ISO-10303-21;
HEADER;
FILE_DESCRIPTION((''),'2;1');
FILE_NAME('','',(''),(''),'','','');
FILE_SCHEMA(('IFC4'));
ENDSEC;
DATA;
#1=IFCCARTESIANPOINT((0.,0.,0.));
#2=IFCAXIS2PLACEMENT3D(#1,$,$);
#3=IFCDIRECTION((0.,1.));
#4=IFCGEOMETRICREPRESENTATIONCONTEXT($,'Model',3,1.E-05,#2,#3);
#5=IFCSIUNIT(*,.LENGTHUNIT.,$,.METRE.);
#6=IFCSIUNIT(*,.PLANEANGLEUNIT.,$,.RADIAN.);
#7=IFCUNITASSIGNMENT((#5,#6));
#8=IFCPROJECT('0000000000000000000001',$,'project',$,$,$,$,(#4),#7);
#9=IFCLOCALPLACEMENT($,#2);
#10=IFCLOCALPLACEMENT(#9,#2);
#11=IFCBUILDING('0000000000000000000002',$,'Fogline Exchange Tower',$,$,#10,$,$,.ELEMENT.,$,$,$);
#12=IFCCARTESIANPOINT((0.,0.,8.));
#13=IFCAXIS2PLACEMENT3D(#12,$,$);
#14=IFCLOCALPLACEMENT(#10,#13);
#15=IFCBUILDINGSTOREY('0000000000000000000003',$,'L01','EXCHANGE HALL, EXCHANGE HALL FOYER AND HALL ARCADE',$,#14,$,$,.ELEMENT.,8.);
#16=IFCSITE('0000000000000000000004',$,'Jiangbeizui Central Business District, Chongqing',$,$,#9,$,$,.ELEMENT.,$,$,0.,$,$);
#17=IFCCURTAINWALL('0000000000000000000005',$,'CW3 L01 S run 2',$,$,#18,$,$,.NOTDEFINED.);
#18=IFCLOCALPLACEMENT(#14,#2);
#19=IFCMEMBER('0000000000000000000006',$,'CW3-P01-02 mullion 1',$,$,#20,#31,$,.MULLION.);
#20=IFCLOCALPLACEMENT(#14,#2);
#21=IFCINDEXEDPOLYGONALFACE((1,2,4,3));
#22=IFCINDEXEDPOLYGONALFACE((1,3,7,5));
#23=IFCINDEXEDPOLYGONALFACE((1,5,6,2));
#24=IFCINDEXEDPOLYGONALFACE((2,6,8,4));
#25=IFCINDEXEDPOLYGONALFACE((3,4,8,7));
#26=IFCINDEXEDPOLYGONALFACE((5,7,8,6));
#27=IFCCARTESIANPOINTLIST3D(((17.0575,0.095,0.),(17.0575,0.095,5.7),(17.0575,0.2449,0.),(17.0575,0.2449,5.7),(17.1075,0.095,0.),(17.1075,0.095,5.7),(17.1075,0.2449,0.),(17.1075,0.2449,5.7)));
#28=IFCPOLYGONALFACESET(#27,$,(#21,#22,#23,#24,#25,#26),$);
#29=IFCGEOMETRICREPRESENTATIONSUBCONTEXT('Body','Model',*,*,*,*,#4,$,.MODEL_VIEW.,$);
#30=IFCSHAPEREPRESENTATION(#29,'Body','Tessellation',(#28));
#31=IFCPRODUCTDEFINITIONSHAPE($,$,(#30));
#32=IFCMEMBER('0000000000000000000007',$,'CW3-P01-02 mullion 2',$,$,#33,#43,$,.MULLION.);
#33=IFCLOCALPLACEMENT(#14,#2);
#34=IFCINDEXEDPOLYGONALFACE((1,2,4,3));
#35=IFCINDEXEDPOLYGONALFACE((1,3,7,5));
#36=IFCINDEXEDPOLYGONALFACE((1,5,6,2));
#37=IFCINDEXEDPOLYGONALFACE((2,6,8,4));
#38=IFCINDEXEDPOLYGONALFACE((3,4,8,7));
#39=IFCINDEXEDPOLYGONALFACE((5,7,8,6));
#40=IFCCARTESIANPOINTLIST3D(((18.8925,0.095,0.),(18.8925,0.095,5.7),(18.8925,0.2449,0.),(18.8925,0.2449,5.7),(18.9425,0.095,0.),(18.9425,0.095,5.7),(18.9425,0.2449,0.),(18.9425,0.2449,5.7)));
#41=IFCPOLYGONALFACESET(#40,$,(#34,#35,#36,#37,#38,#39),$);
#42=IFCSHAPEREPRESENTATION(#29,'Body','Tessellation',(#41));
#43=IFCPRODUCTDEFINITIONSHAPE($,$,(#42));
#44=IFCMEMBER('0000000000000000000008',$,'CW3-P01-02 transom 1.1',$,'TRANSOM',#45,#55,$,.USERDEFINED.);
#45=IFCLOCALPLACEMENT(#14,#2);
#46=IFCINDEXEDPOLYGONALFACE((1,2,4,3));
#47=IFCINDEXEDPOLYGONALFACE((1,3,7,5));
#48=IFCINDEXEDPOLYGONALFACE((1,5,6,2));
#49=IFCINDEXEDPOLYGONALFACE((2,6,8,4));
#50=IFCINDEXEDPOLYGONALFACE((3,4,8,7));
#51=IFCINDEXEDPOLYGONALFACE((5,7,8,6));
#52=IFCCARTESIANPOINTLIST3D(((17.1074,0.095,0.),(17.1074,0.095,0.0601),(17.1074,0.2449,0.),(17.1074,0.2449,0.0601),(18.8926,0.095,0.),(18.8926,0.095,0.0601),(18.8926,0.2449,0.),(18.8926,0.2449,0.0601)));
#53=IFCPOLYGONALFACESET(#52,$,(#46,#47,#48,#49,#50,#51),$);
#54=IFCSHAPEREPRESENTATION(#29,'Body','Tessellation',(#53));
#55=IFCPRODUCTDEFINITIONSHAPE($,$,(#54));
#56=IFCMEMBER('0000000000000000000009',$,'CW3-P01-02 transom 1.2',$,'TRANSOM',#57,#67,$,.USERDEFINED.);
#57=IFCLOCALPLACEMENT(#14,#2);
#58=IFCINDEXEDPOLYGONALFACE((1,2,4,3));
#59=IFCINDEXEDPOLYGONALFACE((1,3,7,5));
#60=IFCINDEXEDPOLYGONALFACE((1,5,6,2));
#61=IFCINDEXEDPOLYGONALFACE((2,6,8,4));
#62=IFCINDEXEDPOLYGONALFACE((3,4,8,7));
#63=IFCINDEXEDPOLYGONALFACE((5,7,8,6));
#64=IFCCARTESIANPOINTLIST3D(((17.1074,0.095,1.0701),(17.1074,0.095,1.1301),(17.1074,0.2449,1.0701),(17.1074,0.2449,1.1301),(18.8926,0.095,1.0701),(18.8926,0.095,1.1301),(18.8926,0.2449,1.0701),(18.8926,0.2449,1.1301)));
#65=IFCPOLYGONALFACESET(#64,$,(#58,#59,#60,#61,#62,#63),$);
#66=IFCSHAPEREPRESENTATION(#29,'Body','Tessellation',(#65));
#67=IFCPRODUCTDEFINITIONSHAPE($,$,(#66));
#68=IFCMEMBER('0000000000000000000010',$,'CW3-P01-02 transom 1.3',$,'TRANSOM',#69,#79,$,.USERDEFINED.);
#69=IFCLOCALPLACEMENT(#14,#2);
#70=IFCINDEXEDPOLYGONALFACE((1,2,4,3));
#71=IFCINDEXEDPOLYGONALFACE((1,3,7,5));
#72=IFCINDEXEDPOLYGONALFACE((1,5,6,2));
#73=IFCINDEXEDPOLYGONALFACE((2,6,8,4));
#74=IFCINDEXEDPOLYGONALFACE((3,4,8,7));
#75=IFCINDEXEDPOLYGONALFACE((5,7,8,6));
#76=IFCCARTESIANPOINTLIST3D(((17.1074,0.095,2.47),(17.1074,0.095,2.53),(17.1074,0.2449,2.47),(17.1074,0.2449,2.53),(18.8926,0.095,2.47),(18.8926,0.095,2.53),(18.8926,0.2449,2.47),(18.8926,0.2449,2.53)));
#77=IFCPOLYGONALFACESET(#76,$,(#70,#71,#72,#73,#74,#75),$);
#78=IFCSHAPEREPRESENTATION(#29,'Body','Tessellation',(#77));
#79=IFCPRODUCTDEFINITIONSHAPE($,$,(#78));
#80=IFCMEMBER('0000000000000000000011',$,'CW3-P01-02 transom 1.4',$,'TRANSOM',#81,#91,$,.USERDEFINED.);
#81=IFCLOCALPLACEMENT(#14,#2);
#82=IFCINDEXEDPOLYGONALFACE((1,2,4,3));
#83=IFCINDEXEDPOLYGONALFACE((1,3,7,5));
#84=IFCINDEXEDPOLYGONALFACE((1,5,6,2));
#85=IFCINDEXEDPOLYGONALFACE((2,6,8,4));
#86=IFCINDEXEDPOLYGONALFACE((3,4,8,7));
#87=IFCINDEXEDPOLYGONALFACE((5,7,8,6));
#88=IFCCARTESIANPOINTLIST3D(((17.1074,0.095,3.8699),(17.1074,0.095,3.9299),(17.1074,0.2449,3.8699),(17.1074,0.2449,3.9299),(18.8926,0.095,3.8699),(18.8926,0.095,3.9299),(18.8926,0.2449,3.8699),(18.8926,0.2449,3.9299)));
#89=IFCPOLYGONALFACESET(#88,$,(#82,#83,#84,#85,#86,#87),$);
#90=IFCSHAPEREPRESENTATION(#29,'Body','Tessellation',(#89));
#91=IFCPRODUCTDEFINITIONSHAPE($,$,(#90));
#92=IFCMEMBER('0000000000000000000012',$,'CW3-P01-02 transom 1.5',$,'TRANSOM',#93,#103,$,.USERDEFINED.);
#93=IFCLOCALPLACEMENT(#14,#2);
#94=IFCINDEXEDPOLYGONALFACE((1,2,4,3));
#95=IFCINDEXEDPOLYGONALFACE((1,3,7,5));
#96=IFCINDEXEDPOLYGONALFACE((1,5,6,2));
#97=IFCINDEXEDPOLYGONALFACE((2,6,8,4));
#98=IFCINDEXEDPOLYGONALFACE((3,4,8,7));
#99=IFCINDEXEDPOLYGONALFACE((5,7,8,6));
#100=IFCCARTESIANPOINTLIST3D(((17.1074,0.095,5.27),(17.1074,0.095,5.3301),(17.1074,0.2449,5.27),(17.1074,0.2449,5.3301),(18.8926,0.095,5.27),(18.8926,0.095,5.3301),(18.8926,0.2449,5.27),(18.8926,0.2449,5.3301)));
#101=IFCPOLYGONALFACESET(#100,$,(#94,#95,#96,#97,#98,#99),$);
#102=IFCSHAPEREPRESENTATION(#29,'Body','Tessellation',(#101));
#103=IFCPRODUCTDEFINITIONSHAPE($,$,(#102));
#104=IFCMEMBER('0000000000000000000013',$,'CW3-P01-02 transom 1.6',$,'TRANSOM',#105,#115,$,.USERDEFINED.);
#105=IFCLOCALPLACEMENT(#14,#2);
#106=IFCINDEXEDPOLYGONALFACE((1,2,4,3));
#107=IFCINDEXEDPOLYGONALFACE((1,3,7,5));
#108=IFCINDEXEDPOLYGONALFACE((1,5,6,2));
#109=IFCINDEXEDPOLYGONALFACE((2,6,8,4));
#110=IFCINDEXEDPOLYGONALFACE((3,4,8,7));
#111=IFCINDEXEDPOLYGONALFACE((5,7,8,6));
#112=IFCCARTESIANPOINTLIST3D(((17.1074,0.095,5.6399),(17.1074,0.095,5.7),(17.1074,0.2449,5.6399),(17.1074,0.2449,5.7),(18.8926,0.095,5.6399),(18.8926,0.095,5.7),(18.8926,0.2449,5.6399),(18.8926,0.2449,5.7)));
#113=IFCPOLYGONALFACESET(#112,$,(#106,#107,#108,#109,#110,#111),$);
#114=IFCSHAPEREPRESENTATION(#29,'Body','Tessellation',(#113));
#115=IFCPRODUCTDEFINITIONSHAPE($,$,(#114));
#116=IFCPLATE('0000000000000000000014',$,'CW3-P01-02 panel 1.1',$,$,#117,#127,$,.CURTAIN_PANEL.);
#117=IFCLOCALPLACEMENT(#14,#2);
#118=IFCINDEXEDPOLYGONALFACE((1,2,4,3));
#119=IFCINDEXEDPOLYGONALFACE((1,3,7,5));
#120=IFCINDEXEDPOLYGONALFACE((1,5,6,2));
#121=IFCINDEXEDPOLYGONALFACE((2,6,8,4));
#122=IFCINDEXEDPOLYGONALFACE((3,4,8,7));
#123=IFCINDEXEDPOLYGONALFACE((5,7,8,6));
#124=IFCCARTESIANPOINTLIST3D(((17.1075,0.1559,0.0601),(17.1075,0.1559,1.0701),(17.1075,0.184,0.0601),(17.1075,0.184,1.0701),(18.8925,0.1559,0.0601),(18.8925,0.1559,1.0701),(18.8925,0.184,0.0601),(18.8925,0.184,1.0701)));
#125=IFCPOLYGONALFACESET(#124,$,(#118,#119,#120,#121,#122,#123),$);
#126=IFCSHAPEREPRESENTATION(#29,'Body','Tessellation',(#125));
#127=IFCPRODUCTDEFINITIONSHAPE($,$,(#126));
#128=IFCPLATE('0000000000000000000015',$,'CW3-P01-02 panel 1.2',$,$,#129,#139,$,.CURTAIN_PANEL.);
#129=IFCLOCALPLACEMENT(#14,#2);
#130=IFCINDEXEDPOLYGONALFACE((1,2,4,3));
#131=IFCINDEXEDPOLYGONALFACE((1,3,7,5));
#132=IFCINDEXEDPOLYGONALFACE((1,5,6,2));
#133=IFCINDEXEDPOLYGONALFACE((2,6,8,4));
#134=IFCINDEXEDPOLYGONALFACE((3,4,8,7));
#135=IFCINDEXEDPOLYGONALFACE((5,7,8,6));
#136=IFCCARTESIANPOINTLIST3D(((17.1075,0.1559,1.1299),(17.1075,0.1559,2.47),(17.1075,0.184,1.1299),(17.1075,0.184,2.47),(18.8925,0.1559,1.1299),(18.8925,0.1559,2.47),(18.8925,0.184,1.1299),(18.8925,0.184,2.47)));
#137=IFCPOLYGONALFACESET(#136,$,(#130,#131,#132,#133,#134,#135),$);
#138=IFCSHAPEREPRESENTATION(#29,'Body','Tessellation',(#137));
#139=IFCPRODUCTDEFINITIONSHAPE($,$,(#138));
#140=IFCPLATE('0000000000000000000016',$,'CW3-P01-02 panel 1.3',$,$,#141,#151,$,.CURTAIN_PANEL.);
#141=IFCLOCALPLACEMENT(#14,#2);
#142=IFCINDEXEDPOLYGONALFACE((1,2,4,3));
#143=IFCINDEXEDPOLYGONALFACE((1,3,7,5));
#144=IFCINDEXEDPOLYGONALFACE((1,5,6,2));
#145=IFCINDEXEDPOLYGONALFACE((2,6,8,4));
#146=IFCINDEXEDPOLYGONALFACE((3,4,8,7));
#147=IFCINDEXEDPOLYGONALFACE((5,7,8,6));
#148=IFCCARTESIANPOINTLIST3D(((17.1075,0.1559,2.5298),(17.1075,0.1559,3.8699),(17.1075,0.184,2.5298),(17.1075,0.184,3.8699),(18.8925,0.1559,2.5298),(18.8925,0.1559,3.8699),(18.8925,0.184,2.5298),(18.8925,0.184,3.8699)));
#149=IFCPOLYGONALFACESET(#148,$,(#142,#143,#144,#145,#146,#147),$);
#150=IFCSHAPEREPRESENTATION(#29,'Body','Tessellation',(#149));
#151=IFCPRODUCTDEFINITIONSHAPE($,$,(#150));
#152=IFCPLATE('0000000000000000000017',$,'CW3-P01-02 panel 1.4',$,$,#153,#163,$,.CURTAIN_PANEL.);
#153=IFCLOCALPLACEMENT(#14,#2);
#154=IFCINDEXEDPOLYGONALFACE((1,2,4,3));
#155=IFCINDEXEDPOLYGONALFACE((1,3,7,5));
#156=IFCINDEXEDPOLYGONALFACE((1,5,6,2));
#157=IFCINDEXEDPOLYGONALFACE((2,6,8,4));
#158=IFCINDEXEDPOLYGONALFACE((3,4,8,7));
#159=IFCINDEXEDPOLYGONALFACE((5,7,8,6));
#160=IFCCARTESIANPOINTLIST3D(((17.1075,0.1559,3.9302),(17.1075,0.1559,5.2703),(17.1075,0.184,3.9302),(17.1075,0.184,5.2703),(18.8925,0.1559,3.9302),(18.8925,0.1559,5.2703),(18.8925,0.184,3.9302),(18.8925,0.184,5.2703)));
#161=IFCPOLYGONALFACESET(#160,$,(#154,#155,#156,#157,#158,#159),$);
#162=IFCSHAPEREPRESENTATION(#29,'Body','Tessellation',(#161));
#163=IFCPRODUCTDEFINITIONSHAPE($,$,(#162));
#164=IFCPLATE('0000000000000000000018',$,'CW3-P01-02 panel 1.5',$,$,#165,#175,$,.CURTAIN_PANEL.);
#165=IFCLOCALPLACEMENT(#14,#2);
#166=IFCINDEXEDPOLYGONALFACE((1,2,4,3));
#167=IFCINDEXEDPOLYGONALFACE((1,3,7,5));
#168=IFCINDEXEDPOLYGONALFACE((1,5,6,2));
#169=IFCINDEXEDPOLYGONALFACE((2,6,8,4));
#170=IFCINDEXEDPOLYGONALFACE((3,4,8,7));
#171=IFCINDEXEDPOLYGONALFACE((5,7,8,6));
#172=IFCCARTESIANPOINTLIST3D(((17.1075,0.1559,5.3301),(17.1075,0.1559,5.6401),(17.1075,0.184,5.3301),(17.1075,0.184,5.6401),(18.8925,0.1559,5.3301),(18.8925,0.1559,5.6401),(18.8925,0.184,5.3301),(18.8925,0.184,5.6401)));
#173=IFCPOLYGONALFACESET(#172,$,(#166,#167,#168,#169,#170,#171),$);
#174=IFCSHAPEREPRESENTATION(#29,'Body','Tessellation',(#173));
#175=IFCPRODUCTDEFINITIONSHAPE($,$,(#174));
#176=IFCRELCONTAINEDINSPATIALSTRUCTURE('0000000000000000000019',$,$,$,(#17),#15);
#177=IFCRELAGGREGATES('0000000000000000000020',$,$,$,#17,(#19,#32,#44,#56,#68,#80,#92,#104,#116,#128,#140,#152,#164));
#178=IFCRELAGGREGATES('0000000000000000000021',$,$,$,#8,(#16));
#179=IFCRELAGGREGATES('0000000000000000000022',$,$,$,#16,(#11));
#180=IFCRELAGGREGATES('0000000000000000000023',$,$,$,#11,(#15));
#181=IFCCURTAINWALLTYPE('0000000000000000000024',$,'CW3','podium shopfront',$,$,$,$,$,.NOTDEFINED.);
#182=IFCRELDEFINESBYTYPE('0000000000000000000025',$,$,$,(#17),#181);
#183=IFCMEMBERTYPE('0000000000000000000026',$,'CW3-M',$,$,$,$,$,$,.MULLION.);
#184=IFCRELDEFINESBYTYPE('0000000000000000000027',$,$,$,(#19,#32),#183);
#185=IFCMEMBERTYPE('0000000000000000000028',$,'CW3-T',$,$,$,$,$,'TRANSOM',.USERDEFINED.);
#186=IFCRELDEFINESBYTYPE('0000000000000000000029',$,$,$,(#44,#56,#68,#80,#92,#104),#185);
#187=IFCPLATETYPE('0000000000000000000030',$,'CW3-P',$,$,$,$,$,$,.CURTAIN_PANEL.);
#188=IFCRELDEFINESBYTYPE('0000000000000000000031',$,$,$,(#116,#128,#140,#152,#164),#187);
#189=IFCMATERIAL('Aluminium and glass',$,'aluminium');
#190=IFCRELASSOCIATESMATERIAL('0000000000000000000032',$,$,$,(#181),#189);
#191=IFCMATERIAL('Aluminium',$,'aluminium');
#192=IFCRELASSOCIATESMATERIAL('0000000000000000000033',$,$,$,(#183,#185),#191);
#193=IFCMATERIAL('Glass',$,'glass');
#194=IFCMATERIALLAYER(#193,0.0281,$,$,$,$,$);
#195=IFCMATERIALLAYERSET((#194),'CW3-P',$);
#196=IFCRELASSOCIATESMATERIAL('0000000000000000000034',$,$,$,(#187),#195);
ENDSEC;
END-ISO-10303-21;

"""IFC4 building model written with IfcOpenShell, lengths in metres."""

from ifc_helpers import new_model, si_unit, direction, frame, origin, origin_2d, place, context, subcontext, project, spatial, rectangle, extrude, material, layer, layer_set, material_profile, profile_set, type_object, element, aggregate, save


model = new_model("IFC4")

# Units and contexts
model_context = context("Model", 3, precision=1e-05, world=origin(), true_north=direction((0.0, 1.0)))
body_context = subcontext(model_context, "Body", "Model", "MODEL_VIEW")
ifc_project = project(units=[si_unit("LENGTHUNIT", "METRE"), si_unit("PLANEANGLEUNIT", "RADIAN")], contexts=[model_context])

# Site, building, storey
site_placement = place(None, origin())
site = spatial("IfcSite", under=ifc_project, at=site_placement, Name="Jiangbeizui Central Business District, Chongqing", CompositionType="ELEMENT", RefElevation=0.0)
building_placement = place(site_placement, origin())
building = spatial("IfcBuilding", under=site, at=building_placement, Name="Fogline Exchange Tower", CompositionType="ELEMENT")
storey_placement = place(building_placement, frame((0.0, 0.0, 8.0)))
storey = spatial("IfcBuildingStorey", under=building, at=storey_placement, Name="L01", Description="EXCHANGE HALL, EXCHANGE HALL FOYER AND HALL ARCADE", CompositionType="ELEMENT", Elevation=8.0)

# Curtain wall, members, plates
ifc_material_1 = material(Name="Aluminium and glass", Category="aluminium")
curtain_wall_type = type_object("IfcCurtainWallType", Name="CW3", Description="podium shopfront", PredefinedType="NOTDEFINED", material=ifc_material_1)
curtain_wall_placement = place(storey_placement, origin())
curtain_wall = element("IfcCurtainWall", 1, at=curtain_wall_placement, inside=storey, type_object=curtain_wall_type, Name="CW3 L01 S run 2", PredefinedType="NOTDEFINED")
ifc_material_2 = material(Name="Aluminium", Category="aluminium")
ifc_material_profile_1 = material_profile(ifc_material_2, rectangle(XDim=0.1499, YDim=0.05, at=origin_2d()), Name="Mullion 50x150")
ifc_profile_set_1 = profile_set([ifc_material_profile_1], Name="Aluminium")
member_type_1 = type_object("IfcMemberType", Name="CW3-M", PredefinedType="MULLION", material=ifc_profile_set_1)
member_1_placement = place(storey_placement, frame((17.0825, 0.1699, 0.0), z_axis=(0.0, 0.0, 1.0), x_axis=(0.0, 1.0, 0.0)))
member_1 = element("IfcMember", 2, at=member_1_placement, type_object=member_type_1, Name="CW3-P01-02 mullion 1", PredefinedType="MULLION", context=body_context, shape_type="SweptSolid", body=[
    extrude(rectangle(XDim=0.1499, YDim=0.05, at=origin_2d()), origin(), (0.0, 0.0, 1.0), 5.7),
])
member_2_placement = place(storey_placement, frame((18.9175, 0.1699, 0.0), z_axis=(0.0, 0.0, 1.0), x_axis=(0.0, 1.0, 0.0)))
member_2 = element("IfcMember", 3, at=member_2_placement, type_object=member_type_1, Name="CW3-P01-02 mullion 2", PredefinedType="MULLION", context=body_context, shape_type="SweptSolid", body=[
    extrude(rectangle(XDim=0.1499, YDim=0.05, at=origin_2d()), origin(), (0.0, 0.0, 1.0), 5.7),
])
ifc_material_profile_2 = material_profile(ifc_material_2, rectangle(XDim=0.1499, YDim=0.0601, at=origin_2d()), Name="Transom 60x150")
ifc_profile_set_2 = profile_set([ifc_material_profile_2], Name="Aluminium")
member_type_2 = type_object("IfcMemberType", Name="CW3-T", ElementType="TRANSOM", PredefinedType="USERDEFINED", material=ifc_profile_set_2)
member_3_placement = place(storey_placement, frame((17.1074, 0.1699, 0.03), z_axis=(1.0, 0.0, 0.0), x_axis=(0.0, 1.0, 0.0)))
member_3 = element("IfcMember", 4, at=member_3_placement, type_object=member_type_2, Name="CW3-P01-02 transom 1.1", ObjectType="TRANSOM", PredefinedType="USERDEFINED", context=body_context, shape_type="SweptSolid", body=[
    extrude(rectangle(XDim=0.1499, YDim=0.0601, at=origin_2d()), origin(), (0.0, 0.0, 1.0), 1.7852),
])
member_4_placement = place(storey_placement, frame((17.1074, 0.1699, 1.1001), z_axis=(1.0, 0.0, 0.0), x_axis=(0.0, 1.0, 0.0)))
member_4 = element("IfcMember", 5, at=member_4_placement, type_object=member_type_2, Name="CW3-P01-02 transom 1.2", ObjectType="TRANSOM", PredefinedType="USERDEFINED", context=body_context, shape_type="SweptSolid", body=[
    extrude(rectangle(XDim=0.1499, YDim=0.0601, at=origin_2d()), origin(), (0.0, 0.0, 1.0), 1.7852),
])
member_5_placement = place(storey_placement, frame((17.1074, 0.1699, 2.5), z_axis=(1.0, 0.0, 0.0), x_axis=(0.0, 1.0, 0.0)))
member_5 = element("IfcMember", 6, at=member_5_placement, type_object=member_type_2, Name="CW3-P01-02 transom 1.3", ObjectType="TRANSOM", PredefinedType="USERDEFINED", context=body_context, shape_type="SweptSolid", body=[
    extrude(rectangle(XDim=0.1499, YDim=0.0601, at=origin_2d()), origin(), (0.0, 0.0, 1.0), 1.7852),
])
member_6_placement = place(storey_placement, frame((17.1074, 0.1699, 3.8999), z_axis=(1.0, 0.0, 0.0), x_axis=(0.0, 1.0, 0.0)))
member_6 = element("IfcMember", 7, at=member_6_placement, type_object=member_type_2, Name="CW3-P01-02 transom 1.4", ObjectType="TRANSOM", PredefinedType="USERDEFINED", context=body_context, shape_type="SweptSolid", body=[
    extrude(rectangle(XDim=0.1499, YDim=0.0601, at=origin_2d()), origin(), (0.0, 0.0, 1.0), 1.7852),
])
member_7_placement = place(storey_placement, frame((17.1074, 0.1699, 5.3), z_axis=(1.0, 0.0, 0.0), x_axis=(0.0, 1.0, 0.0)))
member_7 = element("IfcMember", 8, at=member_7_placement, type_object=member_type_2, Name="CW3-P01-02 transom 1.5", ObjectType="TRANSOM", PredefinedType="USERDEFINED", context=body_context, shape_type="SweptSolid", body=[
    extrude(rectangle(XDim=0.1499, YDim=0.0601, at=origin_2d()), origin(), (0.0, 0.0, 1.0), 1.7852),
])
member_8_placement = place(storey_placement, frame((17.1074, 0.1699, 5.6699), z_axis=(1.0, 0.0, 0.0), x_axis=(0.0, 1.0, 0.0)))
member_8 = element("IfcMember", 9, at=member_8_placement, type_object=member_type_2, Name="CW3-P01-02 transom 1.6", ObjectType="TRANSOM", PredefinedType="USERDEFINED", context=body_context, shape_type="SweptSolid", body=[
    extrude(rectangle(XDim=0.1499, YDim=0.0601, at=origin_2d()), origin(), (0.0, 0.0, 1.0), 1.7852),
])
ifc_material_3 = material(Name="Glass", Category="glass")
ifc_layer_1 = layer(ifc_material_3, 0.0281)
ifc_layer_set_1 = layer_set([ifc_layer_1], Name="CW3-P")
plate_type = type_object("IfcPlateType", Name="CW3-P", PredefinedType="CURTAIN_PANEL", material=ifc_layer_set_1)
plate_1_placement = place(storey_placement, frame((18.0, 0.1699, 0.0601), z_axis=(0.0, 0.0, 1.0), x_axis=(1.0, 0.0, 0.0)))
plate_1 = element("IfcPlate", 10, at=plate_1_placement, type_object=plate_type, Name="CW3-P01-02 panel 1.1", PredefinedType="CURTAIN_PANEL", context=body_context, shape_type="SweptSolid", body=[
    extrude(rectangle(XDim=1.7849, YDim=0.0281, at=origin_2d()), origin(), (0.0, 0.0, 1.0), 1.01),
])
plate_2_placement = place(storey_placement, frame((18.0, 0.1699, 1.1299), z_axis=(0.0, 0.0, 1.0), x_axis=(1.0, 0.0, 0.0)))
plate_2 = element("IfcPlate", 11, at=plate_2_placement, type_object=plate_type, Name="CW3-P01-02 panel 1.2", PredefinedType="CURTAIN_PANEL", context=body_context, shape_type="SweptSolid", body=[
    extrude(rectangle(XDim=1.7849, YDim=0.0281, at=origin_2d()), origin(), (0.0, 0.0, 1.0), 1.3401),
])
plate_3_placement = place(storey_placement, frame((18.0, 0.1699, 2.5298), z_axis=(0.0, 0.0, 1.0), x_axis=(1.0, 0.0, 0.0)))
plate_3 = element("IfcPlate", 12, at=plate_3_placement, type_object=plate_type, Name="CW3-P01-02 panel 1.3", PredefinedType="CURTAIN_PANEL", context=body_context, shape_type="SweptSolid", body=[
    extrude(rectangle(XDim=1.7849, YDim=0.0281, at=origin_2d()), origin(), (0.0, 0.0, 1.0), 1.3401),
])
plate_4_placement = place(storey_placement, frame((18.0, 0.1699, 3.9302), z_axis=(0.0, 0.0, 1.0), x_axis=(1.0, 0.0, 0.0)))
plate_4 = element("IfcPlate", 13, at=plate_4_placement, type_object=plate_type, Name="CW3-P01-02 panel 1.4", PredefinedType="CURTAIN_PANEL", context=body_context, shape_type="SweptSolid", body=[
    extrude(rectangle(XDim=1.7849, YDim=0.0281, at=origin_2d()), origin(), (0.0, 0.0, 1.0), 1.3401),
])
plate_5_placement = place(storey_placement, frame((18.0, 0.1699, 5.3301), z_axis=(0.0, 0.0, 1.0), x_axis=(1.0, 0.0, 0.0)))
plate_5 = element("IfcPlate", 14, at=plate_5_placement, type_object=plate_type, Name="CW3-P01-02 panel 1.5", PredefinedType="CURTAIN_PANEL", context=body_context, shape_type="SweptSolid", body=[
    extrude(rectangle(XDim=1.7849, YDim=0.0281, at=origin_2d()), origin(), (0.0, 0.0, 1.0), 0.3101),
])
aggregate(curtain_wall, [member_1, member_2, member_3, member_4, member_5, member_6, member_7, member_8, plate_1, plate_2, plate_3, plate_4, plate_5])

save(model, "model.ifc")
